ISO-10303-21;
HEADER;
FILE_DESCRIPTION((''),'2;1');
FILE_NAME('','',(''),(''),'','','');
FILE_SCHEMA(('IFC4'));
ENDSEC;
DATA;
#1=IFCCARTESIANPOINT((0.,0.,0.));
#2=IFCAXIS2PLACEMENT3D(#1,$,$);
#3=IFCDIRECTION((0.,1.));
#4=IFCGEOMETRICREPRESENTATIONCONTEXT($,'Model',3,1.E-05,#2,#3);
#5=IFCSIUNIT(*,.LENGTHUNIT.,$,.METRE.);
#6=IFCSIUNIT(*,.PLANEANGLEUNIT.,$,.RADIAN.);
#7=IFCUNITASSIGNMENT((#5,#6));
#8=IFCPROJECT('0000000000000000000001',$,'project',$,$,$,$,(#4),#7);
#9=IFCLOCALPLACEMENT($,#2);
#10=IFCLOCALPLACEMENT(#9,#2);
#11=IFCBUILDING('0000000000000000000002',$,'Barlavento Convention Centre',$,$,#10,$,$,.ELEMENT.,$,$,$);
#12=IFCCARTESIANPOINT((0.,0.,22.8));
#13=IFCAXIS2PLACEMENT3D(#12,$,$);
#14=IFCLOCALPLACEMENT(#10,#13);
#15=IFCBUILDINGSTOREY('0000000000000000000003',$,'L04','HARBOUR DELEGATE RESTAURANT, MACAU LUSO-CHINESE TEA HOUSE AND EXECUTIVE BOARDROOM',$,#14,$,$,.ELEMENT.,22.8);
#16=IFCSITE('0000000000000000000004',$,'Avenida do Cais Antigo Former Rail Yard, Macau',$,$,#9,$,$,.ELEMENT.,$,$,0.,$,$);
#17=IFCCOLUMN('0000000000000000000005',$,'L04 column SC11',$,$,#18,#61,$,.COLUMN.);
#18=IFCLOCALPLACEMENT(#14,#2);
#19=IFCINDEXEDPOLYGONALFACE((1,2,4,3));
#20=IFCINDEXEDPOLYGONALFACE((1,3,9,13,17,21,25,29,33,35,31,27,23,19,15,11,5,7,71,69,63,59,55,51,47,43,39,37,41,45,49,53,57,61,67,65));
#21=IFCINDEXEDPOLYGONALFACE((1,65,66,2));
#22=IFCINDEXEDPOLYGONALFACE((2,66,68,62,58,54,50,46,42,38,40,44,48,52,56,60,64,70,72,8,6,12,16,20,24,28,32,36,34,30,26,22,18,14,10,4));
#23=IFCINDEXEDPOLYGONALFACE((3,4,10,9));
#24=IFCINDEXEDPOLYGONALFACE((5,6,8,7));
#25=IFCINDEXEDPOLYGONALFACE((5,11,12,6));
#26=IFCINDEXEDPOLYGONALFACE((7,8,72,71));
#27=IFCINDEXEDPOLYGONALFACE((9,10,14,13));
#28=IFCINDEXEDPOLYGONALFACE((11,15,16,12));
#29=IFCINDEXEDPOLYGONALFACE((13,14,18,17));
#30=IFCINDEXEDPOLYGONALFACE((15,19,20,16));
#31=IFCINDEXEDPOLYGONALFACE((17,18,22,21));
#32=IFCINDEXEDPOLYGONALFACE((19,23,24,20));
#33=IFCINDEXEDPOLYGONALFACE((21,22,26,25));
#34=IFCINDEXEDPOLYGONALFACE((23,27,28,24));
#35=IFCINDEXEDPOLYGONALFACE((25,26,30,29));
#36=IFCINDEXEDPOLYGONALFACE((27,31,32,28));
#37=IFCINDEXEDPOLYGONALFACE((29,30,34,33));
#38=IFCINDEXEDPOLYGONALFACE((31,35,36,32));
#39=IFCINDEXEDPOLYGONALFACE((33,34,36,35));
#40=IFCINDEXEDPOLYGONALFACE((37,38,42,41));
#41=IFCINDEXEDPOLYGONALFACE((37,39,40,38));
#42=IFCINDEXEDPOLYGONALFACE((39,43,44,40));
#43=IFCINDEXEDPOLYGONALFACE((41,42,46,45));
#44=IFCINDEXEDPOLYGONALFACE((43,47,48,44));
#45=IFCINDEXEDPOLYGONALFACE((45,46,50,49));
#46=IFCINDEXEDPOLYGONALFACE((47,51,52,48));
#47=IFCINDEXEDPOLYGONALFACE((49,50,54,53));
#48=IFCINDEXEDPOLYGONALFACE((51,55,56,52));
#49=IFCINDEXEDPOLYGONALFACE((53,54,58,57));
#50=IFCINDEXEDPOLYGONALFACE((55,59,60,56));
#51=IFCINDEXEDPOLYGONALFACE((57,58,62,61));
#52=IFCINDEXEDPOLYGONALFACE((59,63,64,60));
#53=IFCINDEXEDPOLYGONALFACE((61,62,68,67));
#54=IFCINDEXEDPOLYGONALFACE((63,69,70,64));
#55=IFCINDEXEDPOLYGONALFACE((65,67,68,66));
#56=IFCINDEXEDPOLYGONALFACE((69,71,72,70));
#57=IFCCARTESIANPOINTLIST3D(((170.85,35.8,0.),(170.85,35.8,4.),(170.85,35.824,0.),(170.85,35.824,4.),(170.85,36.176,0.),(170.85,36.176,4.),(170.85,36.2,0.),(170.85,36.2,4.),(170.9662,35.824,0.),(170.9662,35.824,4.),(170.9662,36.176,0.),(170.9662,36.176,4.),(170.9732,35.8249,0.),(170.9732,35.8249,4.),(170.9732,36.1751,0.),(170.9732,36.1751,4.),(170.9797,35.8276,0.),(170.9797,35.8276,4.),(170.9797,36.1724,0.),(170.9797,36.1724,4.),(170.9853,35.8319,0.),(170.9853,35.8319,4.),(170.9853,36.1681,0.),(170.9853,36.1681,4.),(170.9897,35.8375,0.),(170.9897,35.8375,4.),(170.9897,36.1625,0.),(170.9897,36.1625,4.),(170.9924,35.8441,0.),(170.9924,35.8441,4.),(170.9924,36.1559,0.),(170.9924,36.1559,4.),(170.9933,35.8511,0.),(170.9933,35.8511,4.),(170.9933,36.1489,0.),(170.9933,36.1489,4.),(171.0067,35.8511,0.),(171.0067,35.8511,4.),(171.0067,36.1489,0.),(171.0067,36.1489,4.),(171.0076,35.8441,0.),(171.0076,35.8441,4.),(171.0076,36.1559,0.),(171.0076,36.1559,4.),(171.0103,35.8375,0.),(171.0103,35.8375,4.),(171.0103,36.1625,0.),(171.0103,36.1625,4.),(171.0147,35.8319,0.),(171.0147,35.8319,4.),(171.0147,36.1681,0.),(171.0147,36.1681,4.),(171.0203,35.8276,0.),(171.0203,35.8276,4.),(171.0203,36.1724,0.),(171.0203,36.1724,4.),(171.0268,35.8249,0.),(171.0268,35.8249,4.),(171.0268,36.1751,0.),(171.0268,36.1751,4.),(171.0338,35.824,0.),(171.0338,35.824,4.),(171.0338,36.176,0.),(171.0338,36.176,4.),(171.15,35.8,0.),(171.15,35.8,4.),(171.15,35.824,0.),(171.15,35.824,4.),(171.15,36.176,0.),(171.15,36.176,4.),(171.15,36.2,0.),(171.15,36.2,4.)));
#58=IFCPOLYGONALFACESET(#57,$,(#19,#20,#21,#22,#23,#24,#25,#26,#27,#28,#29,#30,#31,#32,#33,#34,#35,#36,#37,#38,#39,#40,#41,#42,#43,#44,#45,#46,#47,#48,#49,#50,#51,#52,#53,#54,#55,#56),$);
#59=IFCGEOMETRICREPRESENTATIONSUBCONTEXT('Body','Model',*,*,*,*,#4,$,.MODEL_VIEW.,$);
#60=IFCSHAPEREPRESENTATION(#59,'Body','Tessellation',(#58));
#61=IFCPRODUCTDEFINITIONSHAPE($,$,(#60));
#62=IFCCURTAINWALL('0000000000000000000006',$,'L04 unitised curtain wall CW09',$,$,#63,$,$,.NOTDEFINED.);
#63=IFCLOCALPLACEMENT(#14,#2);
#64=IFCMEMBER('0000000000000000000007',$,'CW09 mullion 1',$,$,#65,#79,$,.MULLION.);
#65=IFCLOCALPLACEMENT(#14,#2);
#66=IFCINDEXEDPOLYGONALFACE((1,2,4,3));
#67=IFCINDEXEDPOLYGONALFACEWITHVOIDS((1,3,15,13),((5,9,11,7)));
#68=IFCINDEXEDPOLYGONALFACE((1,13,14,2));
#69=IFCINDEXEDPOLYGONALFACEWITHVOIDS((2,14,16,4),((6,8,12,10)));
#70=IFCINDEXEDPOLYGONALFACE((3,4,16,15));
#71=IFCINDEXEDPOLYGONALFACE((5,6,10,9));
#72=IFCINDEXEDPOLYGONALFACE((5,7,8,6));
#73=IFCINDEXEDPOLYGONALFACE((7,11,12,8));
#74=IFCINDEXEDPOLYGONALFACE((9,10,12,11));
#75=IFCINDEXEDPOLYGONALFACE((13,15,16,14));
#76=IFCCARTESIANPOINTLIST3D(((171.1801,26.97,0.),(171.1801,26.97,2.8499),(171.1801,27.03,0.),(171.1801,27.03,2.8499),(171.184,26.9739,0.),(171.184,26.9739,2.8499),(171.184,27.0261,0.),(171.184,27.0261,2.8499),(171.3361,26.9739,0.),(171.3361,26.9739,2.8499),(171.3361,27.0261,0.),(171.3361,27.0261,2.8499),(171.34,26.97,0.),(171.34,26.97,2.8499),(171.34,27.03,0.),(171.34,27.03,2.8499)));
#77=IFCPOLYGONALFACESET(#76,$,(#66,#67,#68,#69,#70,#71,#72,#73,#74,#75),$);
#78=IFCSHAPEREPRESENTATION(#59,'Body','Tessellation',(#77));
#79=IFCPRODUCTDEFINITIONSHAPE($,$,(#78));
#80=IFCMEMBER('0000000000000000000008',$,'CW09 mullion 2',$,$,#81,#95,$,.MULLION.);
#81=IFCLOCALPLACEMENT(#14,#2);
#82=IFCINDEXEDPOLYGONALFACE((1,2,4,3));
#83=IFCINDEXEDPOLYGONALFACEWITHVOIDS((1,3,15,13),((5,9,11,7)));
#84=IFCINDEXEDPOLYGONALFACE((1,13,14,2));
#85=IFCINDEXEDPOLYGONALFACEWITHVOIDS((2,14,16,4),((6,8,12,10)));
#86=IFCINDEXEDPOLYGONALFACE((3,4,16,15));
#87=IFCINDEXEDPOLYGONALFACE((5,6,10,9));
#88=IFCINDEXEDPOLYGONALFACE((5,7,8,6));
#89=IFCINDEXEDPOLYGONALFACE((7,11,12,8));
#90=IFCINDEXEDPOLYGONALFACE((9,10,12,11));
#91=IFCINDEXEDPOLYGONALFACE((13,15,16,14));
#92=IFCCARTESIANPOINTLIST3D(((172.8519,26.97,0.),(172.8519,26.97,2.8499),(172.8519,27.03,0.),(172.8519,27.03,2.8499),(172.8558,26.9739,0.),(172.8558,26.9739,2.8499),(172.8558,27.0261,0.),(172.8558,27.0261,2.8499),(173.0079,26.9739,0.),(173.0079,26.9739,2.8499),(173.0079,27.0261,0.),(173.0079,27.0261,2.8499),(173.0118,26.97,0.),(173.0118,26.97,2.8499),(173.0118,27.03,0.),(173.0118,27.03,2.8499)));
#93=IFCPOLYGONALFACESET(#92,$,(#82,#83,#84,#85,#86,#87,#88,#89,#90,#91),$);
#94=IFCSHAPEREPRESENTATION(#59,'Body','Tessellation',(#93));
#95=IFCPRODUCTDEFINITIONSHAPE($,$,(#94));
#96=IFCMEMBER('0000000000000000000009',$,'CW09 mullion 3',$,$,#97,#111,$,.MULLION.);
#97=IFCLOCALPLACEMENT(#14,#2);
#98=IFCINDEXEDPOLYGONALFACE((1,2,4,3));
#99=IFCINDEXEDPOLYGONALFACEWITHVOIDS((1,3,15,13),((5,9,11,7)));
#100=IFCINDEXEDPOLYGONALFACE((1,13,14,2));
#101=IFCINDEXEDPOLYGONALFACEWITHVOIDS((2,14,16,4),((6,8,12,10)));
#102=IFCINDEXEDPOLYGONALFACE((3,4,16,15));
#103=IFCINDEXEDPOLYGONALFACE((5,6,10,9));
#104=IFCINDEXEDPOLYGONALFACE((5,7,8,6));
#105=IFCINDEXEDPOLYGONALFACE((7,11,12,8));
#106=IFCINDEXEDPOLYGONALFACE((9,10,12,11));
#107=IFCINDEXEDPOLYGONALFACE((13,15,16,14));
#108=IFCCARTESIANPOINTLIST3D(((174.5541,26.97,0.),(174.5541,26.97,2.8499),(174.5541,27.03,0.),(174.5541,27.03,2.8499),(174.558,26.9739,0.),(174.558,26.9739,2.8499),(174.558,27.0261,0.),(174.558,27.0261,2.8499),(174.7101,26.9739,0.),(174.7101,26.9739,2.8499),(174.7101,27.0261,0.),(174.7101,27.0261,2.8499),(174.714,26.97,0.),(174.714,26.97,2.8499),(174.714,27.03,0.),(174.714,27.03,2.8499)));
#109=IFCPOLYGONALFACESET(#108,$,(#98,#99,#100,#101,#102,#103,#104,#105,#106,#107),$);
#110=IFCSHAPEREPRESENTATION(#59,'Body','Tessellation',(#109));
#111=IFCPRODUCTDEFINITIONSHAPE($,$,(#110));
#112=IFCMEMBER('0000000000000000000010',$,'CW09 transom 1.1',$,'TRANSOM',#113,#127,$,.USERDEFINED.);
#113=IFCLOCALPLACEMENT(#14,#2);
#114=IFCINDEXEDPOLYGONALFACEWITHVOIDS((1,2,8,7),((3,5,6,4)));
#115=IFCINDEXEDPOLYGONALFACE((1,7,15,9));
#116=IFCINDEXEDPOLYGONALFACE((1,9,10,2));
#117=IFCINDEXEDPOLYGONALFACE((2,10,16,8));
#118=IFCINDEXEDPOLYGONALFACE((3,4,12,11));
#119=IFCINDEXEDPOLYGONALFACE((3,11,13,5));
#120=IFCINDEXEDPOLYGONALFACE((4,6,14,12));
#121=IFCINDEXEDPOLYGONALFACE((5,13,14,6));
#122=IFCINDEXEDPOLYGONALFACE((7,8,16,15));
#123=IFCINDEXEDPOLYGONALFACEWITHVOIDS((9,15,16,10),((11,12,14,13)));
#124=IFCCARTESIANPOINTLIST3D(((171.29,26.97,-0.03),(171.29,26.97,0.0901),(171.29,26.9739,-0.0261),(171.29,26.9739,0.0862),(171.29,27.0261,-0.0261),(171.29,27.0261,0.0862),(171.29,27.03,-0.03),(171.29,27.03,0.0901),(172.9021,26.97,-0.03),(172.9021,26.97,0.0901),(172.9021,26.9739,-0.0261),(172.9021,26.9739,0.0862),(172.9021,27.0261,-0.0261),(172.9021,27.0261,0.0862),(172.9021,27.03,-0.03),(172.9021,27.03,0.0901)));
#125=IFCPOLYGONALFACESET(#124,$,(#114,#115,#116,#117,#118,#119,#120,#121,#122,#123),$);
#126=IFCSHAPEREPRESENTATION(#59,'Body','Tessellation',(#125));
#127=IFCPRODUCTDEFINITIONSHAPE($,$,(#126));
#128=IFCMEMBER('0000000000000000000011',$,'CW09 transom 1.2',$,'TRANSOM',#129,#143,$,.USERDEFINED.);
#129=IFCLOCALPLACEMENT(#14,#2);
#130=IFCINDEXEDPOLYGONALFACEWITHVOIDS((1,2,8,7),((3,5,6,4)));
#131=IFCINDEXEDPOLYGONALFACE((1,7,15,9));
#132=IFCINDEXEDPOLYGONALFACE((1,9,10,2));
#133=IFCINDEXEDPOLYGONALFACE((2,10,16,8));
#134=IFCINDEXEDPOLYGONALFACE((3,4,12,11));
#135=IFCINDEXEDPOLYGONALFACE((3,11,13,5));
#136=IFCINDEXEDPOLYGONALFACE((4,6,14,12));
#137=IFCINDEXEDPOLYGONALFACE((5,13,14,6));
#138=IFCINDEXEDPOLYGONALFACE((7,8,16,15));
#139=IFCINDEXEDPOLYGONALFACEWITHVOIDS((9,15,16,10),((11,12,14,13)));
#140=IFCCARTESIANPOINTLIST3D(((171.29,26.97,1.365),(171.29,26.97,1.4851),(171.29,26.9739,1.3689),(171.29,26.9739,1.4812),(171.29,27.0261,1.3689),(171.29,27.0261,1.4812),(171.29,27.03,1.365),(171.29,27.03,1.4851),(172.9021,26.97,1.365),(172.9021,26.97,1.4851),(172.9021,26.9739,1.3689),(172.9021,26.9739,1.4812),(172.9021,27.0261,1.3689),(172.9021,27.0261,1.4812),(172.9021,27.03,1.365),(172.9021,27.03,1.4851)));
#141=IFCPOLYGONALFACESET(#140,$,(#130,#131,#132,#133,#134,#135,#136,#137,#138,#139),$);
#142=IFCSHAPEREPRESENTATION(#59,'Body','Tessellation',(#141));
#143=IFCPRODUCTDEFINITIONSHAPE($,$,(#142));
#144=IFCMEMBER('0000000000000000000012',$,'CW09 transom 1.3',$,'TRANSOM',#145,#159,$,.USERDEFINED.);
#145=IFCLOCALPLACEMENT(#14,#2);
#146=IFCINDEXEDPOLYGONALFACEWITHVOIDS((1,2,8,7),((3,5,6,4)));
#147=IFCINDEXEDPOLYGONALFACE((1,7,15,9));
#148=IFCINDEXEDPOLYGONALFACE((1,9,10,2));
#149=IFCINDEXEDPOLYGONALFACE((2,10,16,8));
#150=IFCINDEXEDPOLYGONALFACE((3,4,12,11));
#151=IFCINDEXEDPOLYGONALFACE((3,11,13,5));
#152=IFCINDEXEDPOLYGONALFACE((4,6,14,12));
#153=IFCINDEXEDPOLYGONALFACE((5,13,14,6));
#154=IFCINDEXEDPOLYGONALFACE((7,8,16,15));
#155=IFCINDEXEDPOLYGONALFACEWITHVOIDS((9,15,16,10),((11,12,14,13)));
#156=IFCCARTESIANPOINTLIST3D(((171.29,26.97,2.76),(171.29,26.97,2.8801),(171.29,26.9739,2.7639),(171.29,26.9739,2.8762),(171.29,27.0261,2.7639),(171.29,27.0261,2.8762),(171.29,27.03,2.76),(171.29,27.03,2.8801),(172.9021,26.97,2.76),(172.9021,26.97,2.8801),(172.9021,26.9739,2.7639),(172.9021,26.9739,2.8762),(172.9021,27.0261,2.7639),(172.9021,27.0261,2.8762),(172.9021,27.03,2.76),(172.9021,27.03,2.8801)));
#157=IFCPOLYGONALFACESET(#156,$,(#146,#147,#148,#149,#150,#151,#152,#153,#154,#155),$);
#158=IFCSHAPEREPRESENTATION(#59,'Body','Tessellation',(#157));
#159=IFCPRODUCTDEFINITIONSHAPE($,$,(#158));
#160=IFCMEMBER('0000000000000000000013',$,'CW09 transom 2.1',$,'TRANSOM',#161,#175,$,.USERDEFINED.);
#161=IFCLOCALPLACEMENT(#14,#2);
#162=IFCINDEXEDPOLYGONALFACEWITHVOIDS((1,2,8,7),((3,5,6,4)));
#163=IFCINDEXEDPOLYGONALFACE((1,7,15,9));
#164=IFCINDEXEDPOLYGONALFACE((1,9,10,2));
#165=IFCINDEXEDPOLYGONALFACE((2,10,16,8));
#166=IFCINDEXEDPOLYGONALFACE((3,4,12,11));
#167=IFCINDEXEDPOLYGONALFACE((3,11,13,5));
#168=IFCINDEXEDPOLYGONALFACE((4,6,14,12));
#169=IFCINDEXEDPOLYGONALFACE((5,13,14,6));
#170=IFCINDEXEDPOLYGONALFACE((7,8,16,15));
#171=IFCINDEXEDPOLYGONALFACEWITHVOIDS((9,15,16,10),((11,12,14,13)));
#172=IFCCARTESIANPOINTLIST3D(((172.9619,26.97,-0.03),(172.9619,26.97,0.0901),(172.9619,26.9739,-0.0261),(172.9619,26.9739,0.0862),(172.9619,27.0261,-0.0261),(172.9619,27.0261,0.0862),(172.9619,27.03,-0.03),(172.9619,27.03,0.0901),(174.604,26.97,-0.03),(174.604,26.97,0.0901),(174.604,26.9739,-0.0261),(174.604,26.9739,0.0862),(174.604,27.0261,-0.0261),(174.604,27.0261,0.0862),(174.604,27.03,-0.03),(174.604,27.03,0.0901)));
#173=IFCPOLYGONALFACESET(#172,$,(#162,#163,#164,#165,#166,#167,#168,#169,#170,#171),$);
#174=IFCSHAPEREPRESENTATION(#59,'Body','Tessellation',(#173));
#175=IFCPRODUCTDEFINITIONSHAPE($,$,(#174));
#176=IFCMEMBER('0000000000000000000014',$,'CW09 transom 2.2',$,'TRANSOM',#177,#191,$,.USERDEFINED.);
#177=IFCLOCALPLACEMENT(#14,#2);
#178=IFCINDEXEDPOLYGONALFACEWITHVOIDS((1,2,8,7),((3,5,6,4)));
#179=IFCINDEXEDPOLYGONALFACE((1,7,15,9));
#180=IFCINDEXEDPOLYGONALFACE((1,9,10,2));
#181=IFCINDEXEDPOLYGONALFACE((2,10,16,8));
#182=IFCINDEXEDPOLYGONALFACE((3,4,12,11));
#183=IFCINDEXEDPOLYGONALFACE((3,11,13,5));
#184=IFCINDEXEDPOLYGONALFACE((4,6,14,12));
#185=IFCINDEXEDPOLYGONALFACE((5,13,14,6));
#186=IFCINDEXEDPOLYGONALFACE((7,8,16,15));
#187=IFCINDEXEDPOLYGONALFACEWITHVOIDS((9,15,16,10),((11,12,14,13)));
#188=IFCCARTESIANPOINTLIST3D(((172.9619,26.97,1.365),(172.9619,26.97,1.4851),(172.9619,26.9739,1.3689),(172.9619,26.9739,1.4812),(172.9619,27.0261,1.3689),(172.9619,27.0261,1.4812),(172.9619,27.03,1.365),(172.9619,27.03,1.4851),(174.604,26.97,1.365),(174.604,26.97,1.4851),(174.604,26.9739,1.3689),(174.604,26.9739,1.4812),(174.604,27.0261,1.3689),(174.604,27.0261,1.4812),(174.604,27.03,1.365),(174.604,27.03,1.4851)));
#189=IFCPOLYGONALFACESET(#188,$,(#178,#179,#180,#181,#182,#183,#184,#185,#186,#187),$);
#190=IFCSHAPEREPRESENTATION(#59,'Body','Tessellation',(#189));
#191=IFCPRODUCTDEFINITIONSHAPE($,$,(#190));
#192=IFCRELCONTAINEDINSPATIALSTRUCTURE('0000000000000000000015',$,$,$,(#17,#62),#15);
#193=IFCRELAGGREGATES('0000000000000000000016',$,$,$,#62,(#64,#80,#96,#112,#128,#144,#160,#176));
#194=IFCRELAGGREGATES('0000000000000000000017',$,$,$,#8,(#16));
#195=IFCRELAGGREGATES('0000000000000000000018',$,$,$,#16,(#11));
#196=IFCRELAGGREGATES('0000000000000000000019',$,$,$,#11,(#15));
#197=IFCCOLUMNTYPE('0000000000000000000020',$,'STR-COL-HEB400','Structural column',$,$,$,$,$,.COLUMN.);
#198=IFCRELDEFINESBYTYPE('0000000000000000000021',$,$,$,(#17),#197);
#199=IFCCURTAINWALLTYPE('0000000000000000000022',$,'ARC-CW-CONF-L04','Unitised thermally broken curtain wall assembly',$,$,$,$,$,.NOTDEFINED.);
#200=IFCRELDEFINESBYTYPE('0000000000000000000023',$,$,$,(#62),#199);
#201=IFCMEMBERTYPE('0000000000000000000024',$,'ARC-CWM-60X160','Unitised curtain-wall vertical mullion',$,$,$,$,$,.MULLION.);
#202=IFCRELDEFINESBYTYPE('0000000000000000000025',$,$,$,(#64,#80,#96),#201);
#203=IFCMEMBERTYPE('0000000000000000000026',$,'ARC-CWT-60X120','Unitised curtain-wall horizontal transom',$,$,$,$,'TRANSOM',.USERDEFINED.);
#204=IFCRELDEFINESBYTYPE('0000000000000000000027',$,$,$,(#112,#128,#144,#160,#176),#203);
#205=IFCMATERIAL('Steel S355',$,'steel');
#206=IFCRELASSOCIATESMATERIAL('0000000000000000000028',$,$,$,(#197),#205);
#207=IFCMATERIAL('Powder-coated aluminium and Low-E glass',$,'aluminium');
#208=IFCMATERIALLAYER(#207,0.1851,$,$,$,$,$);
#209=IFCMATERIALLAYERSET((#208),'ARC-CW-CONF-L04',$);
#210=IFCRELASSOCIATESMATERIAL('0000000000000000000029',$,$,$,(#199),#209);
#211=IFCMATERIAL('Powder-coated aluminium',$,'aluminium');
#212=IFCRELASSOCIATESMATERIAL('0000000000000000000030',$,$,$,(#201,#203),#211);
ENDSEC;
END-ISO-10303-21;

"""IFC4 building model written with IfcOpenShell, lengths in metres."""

from ifc_helpers import new_model, si_unit, direction, frame, origin, origin_2d, place, context, subcontext, project, spatial, hollow_rectangle, i_section, extrude, material, layer, layer_set, material_profile, profile_set, type_object, element, aggregate, save


model = new_model("IFC4")

# Units and contexts
model_context = context("Model", 3, precision=1e-05, world=origin(), true_north=direction((0.0, 1.0)))
body_context = subcontext(model_context, "Body", "Model", "MODEL_VIEW")
ifc_project = project(units=[si_unit("LENGTHUNIT", "METRE"), si_unit("PLANEANGLEUNIT", "RADIAN")], contexts=[model_context])

# Site, building, storey
site_placement = place(None, origin())
site = spatial("IfcSite", under=ifc_project, at=site_placement, Name="Avenida do Cais Antigo Former Rail Yard, Macau", CompositionType="ELEMENT", RefElevation=0.0)
building_placement = place(site_placement, origin())
building = spatial("IfcBuilding", under=site, at=building_placement, Name="Barlavento Convention Centre", CompositionType="ELEMENT")
storey_placement = place(building_placement, frame((0.0, 0.0, 22.8)))
storey = spatial("IfcBuildingStorey", under=building, at=storey_placement, Name="L04", Description="HARBOUR DELEGATE RESTAURANT, MACAU LUSO-CHINESE TEA HOUSE AND EXECUTIVE BOARDROOM", CompositionType="ELEMENT", Elevation=22.8)

# Column
ifc_material_1 = material(Name="Steel S355", Category="steel")
ifc_material_profile_1 = material_profile(ifc_material_1, i_section(OverallWidth=0.3, OverallDepth=0.3999, WebThickness=0.0134, FlangeThickness=0.0239, FilletRadius=0.0271, at=origin_2d()), Name="HEB 400")
ifc_profile_set_1 = profile_set([ifc_material_profile_1], Name="Steel S355")
column_type = type_object("IfcColumnType", Name="STR-COL-HEB400", Description="Structural column", PredefinedType="COLUMN", material=ifc_profile_set_1)
column_placement = place(storey_placement, frame((171.0, 36.0, 0.0), z_axis=(0.0, 0.0, 1.0), x_axis=(1.0, 0.0, 0.0)))
element("IfcColumn", 1, at=column_placement, inside=storey, type_object=column_type, Name="L04 column SC11", PredefinedType="COLUMN", context=body_context, shape_type="SweptSolid", body=[
    extrude(i_section(OverallWidth=0.3, OverallDepth=0.3999, WebThickness=0.0134, FlangeThickness=0.0239, FilletRadius=0.0271, at=origin_2d()), origin(), (0.0, 0.0, 1.0), 4.0),
])

# Curtain wall, members
ifc_material_2 = material(Name="Powder-coated aluminium and Low-E glass", Category="aluminium")
ifc_layer_1 = layer(ifc_material_2, 0.1851)
ifc_layer_set_1 = layer_set([ifc_layer_1], Name="ARC-CW-CONF-L04")
curtain_wall_type = type_object("IfcCurtainWallType", Name="ARC-CW-CONF-L04", Description="Unitised thermally broken curtain wall assembly", PredefinedType="NOTDEFINED", material=ifc_layer_set_1)
curtain_wall_placement = place(storey_placement, origin())
curtain_wall = element("IfcCurtainWall", 2, at=curtain_wall_placement, inside=storey, type_object=curtain_wall_type, Name="L04 unitised curtain wall CW09", PredefinedType="NOTDEFINED")
ifc_material_3 = material(Name="Powder-coated aluminium", Category="aluminium")
ifc_material_profile_2 = material_profile(ifc_material_3, hollow_rectangle(XDim=0.0601, YDim=0.1599, WallThickness=0.0039, at=origin_2d()), Name="AL-MULL 60x160x4")
ifc_profile_set_2 = profile_set([ifc_material_profile_2], Name="Powder-coated aluminium")
member_type_1 = type_object("IfcMemberType", Name="ARC-CWM-60X160", Description="Unitised curtain-wall vertical mullion", PredefinedType="MULLION", material=ifc_profile_set_2)
member_1_placement = place(storey_placement, frame((171.26, 27.0, 0.0), z_axis=(0.0, 0.0, 1.0), x_axis=(0.0, 1.0, 0.0)))
member_1 = element("IfcMember", 3, at=member_1_placement, type_object=member_type_1, Name="CW09 mullion 1", PredefinedType="MULLION", context=body_context, shape_type="SweptSolid", body=[
    extrude(hollow_rectangle(XDim=0.0601, YDim=0.1599, WallThickness=0.0039, at=origin_2d()), origin(), (0.0, 0.0, 1.0), 2.8499),
])
member_2_placement = place(storey_placement, frame((172.9319, 27.0, 0.0), z_axis=(0.0, 0.0, 1.0), x_axis=(0.0, 1.0, 0.0)))
member_2 = element("IfcMember", 4, at=member_2_placement, type_object=member_type_1, Name="CW09 mullion 2", PredefinedType="MULLION", context=body_context, shape_type="SweptSolid", body=[
    extrude(hollow_rectangle(XDim=0.0601, YDim=0.1599, WallThickness=0.0039, at=origin_2d()), origin(), (0.0, 0.0, 1.0), 2.8499),
])
member_3_placement = place(storey_placement, frame((174.634, 27.0, 0.0), z_axis=(0.0, 0.0, 1.0), x_axis=(0.0, 1.0, 0.0)))
member_3 = element("IfcMember", 5, at=member_3_placement, type_object=member_type_1, Name="CW09 mullion 3", PredefinedType="MULLION", context=body_context, shape_type="SweptSolid", body=[
    extrude(hollow_rectangle(XDim=0.0601, YDim=0.1599, WallThickness=0.0039, at=origin_2d()), origin(), (0.0, 0.0, 1.0), 2.8499),
])
ifc_material_profile_3 = material_profile(ifc_material_3, hollow_rectangle(XDim=0.0601, YDim=0.1201, WallThickness=0.0039, at=origin_2d()), Name="AL-TRAN 60x120x4")
ifc_profile_set_3 = profile_set([ifc_material_profile_3], Name="Powder-coated aluminium")
member_type_2 = type_object("IfcMemberType", Name="ARC-CWT-60X120", Description="Unitised curtain-wall horizontal transom", ElementType="TRANSOM", PredefinedType="USERDEFINED", material=ifc_profile_set_3)
member_4_placement = place(storey_placement, frame((171.29, 27.0, 0.03), z_axis=(1.0, 0.0, 0.0), x_axis=(0.0, 1.0, 0.0)))
member_4 = element("IfcMember", 6, at=member_4_placement, type_object=member_type_2, Name="CW09 transom 1.1", ObjectType="TRANSOM", PredefinedType="USERDEFINED", context=body_context, shape_type="SweptSolid", body=[
    extrude(hollow_rectangle(XDim=0.0601, YDim=0.1201, WallThickness=0.0039, at=origin_2d()), origin(), (0.0, 0.0, 1.0), 1.6121),
])
member_5_placement = place(storey_placement, frame((171.29, 27.0, 1.425), z_axis=(1.0, 0.0, 0.0), x_axis=(0.0, 1.0, 0.0)))
member_5 = element("IfcMember", 7, at=member_5_placement, type_object=member_type_2, Name="CW09 transom 1.2", ObjectType="TRANSOM", PredefinedType="USERDEFINED", context=body_context, shape_type="SweptSolid", body=[
    extrude(hollow_rectangle(XDim=0.0601, YDim=0.1201, WallThickness=0.0039, at=origin_2d()), origin(), (0.0, 0.0, 1.0), 1.6121),
])
member_6_placement = place(storey_placement, frame((171.29, 27.0, 2.8201), z_axis=(1.0, 0.0, 0.0), x_axis=(0.0, 1.0, 0.0)))
member_6 = element("IfcMember", 8, at=member_6_placement, type_object=member_type_2, Name="CW09 transom 1.3", ObjectType="TRANSOM", PredefinedType="USERDEFINED", context=body_context, shape_type="SweptSolid", body=[
    extrude(hollow_rectangle(XDim=0.0601, YDim=0.1201, WallThickness=0.0039, at=origin_2d()), origin(), (0.0, 0.0, 1.0), 1.6121),
])
member_7_placement = place(storey_placement, frame((172.9619, 27.0, 0.03), z_axis=(1.0, 0.0, 0.0), x_axis=(0.0, 1.0, 0.0)))
member_7 = element("IfcMember", 9, at=member_7_placement, type_object=member_type_2, Name="CW09 transom 2.1", ObjectType="TRANSOM", PredefinedType="USERDEFINED", context=body_context, shape_type="SweptSolid", body=[
    extrude(hollow_rectangle(XDim=0.0601, YDim=0.1201, WallThickness=0.0039, at=origin_2d()), origin(), (0.0, 0.0, 1.0), 1.6421),
])
member_8_placement = place(storey_placement, frame((172.9619, 27.0, 1.425), z_axis=(1.0, 0.0, 0.0), x_axis=(0.0, 1.0, 0.0)))
member_8 = element("IfcMember", 10, at=member_8_placement, type_object=member_type_2, Name="CW09 transom 2.2", ObjectType="TRANSOM", PredefinedType="USERDEFINED", context=body_context, shape_type="SweptSolid", body=[
    extrude(hollow_rectangle(XDim=0.0601, YDim=0.1201, WallThickness=0.0039, at=origin_2d()), origin(), (0.0, 0.0, 1.0), 1.6421),
])

aggregate(curtain_wall, [member_1, member_2, member_3, member_4, member_5, member_6, member_7, member_8])

save(model, "model.ifc")
